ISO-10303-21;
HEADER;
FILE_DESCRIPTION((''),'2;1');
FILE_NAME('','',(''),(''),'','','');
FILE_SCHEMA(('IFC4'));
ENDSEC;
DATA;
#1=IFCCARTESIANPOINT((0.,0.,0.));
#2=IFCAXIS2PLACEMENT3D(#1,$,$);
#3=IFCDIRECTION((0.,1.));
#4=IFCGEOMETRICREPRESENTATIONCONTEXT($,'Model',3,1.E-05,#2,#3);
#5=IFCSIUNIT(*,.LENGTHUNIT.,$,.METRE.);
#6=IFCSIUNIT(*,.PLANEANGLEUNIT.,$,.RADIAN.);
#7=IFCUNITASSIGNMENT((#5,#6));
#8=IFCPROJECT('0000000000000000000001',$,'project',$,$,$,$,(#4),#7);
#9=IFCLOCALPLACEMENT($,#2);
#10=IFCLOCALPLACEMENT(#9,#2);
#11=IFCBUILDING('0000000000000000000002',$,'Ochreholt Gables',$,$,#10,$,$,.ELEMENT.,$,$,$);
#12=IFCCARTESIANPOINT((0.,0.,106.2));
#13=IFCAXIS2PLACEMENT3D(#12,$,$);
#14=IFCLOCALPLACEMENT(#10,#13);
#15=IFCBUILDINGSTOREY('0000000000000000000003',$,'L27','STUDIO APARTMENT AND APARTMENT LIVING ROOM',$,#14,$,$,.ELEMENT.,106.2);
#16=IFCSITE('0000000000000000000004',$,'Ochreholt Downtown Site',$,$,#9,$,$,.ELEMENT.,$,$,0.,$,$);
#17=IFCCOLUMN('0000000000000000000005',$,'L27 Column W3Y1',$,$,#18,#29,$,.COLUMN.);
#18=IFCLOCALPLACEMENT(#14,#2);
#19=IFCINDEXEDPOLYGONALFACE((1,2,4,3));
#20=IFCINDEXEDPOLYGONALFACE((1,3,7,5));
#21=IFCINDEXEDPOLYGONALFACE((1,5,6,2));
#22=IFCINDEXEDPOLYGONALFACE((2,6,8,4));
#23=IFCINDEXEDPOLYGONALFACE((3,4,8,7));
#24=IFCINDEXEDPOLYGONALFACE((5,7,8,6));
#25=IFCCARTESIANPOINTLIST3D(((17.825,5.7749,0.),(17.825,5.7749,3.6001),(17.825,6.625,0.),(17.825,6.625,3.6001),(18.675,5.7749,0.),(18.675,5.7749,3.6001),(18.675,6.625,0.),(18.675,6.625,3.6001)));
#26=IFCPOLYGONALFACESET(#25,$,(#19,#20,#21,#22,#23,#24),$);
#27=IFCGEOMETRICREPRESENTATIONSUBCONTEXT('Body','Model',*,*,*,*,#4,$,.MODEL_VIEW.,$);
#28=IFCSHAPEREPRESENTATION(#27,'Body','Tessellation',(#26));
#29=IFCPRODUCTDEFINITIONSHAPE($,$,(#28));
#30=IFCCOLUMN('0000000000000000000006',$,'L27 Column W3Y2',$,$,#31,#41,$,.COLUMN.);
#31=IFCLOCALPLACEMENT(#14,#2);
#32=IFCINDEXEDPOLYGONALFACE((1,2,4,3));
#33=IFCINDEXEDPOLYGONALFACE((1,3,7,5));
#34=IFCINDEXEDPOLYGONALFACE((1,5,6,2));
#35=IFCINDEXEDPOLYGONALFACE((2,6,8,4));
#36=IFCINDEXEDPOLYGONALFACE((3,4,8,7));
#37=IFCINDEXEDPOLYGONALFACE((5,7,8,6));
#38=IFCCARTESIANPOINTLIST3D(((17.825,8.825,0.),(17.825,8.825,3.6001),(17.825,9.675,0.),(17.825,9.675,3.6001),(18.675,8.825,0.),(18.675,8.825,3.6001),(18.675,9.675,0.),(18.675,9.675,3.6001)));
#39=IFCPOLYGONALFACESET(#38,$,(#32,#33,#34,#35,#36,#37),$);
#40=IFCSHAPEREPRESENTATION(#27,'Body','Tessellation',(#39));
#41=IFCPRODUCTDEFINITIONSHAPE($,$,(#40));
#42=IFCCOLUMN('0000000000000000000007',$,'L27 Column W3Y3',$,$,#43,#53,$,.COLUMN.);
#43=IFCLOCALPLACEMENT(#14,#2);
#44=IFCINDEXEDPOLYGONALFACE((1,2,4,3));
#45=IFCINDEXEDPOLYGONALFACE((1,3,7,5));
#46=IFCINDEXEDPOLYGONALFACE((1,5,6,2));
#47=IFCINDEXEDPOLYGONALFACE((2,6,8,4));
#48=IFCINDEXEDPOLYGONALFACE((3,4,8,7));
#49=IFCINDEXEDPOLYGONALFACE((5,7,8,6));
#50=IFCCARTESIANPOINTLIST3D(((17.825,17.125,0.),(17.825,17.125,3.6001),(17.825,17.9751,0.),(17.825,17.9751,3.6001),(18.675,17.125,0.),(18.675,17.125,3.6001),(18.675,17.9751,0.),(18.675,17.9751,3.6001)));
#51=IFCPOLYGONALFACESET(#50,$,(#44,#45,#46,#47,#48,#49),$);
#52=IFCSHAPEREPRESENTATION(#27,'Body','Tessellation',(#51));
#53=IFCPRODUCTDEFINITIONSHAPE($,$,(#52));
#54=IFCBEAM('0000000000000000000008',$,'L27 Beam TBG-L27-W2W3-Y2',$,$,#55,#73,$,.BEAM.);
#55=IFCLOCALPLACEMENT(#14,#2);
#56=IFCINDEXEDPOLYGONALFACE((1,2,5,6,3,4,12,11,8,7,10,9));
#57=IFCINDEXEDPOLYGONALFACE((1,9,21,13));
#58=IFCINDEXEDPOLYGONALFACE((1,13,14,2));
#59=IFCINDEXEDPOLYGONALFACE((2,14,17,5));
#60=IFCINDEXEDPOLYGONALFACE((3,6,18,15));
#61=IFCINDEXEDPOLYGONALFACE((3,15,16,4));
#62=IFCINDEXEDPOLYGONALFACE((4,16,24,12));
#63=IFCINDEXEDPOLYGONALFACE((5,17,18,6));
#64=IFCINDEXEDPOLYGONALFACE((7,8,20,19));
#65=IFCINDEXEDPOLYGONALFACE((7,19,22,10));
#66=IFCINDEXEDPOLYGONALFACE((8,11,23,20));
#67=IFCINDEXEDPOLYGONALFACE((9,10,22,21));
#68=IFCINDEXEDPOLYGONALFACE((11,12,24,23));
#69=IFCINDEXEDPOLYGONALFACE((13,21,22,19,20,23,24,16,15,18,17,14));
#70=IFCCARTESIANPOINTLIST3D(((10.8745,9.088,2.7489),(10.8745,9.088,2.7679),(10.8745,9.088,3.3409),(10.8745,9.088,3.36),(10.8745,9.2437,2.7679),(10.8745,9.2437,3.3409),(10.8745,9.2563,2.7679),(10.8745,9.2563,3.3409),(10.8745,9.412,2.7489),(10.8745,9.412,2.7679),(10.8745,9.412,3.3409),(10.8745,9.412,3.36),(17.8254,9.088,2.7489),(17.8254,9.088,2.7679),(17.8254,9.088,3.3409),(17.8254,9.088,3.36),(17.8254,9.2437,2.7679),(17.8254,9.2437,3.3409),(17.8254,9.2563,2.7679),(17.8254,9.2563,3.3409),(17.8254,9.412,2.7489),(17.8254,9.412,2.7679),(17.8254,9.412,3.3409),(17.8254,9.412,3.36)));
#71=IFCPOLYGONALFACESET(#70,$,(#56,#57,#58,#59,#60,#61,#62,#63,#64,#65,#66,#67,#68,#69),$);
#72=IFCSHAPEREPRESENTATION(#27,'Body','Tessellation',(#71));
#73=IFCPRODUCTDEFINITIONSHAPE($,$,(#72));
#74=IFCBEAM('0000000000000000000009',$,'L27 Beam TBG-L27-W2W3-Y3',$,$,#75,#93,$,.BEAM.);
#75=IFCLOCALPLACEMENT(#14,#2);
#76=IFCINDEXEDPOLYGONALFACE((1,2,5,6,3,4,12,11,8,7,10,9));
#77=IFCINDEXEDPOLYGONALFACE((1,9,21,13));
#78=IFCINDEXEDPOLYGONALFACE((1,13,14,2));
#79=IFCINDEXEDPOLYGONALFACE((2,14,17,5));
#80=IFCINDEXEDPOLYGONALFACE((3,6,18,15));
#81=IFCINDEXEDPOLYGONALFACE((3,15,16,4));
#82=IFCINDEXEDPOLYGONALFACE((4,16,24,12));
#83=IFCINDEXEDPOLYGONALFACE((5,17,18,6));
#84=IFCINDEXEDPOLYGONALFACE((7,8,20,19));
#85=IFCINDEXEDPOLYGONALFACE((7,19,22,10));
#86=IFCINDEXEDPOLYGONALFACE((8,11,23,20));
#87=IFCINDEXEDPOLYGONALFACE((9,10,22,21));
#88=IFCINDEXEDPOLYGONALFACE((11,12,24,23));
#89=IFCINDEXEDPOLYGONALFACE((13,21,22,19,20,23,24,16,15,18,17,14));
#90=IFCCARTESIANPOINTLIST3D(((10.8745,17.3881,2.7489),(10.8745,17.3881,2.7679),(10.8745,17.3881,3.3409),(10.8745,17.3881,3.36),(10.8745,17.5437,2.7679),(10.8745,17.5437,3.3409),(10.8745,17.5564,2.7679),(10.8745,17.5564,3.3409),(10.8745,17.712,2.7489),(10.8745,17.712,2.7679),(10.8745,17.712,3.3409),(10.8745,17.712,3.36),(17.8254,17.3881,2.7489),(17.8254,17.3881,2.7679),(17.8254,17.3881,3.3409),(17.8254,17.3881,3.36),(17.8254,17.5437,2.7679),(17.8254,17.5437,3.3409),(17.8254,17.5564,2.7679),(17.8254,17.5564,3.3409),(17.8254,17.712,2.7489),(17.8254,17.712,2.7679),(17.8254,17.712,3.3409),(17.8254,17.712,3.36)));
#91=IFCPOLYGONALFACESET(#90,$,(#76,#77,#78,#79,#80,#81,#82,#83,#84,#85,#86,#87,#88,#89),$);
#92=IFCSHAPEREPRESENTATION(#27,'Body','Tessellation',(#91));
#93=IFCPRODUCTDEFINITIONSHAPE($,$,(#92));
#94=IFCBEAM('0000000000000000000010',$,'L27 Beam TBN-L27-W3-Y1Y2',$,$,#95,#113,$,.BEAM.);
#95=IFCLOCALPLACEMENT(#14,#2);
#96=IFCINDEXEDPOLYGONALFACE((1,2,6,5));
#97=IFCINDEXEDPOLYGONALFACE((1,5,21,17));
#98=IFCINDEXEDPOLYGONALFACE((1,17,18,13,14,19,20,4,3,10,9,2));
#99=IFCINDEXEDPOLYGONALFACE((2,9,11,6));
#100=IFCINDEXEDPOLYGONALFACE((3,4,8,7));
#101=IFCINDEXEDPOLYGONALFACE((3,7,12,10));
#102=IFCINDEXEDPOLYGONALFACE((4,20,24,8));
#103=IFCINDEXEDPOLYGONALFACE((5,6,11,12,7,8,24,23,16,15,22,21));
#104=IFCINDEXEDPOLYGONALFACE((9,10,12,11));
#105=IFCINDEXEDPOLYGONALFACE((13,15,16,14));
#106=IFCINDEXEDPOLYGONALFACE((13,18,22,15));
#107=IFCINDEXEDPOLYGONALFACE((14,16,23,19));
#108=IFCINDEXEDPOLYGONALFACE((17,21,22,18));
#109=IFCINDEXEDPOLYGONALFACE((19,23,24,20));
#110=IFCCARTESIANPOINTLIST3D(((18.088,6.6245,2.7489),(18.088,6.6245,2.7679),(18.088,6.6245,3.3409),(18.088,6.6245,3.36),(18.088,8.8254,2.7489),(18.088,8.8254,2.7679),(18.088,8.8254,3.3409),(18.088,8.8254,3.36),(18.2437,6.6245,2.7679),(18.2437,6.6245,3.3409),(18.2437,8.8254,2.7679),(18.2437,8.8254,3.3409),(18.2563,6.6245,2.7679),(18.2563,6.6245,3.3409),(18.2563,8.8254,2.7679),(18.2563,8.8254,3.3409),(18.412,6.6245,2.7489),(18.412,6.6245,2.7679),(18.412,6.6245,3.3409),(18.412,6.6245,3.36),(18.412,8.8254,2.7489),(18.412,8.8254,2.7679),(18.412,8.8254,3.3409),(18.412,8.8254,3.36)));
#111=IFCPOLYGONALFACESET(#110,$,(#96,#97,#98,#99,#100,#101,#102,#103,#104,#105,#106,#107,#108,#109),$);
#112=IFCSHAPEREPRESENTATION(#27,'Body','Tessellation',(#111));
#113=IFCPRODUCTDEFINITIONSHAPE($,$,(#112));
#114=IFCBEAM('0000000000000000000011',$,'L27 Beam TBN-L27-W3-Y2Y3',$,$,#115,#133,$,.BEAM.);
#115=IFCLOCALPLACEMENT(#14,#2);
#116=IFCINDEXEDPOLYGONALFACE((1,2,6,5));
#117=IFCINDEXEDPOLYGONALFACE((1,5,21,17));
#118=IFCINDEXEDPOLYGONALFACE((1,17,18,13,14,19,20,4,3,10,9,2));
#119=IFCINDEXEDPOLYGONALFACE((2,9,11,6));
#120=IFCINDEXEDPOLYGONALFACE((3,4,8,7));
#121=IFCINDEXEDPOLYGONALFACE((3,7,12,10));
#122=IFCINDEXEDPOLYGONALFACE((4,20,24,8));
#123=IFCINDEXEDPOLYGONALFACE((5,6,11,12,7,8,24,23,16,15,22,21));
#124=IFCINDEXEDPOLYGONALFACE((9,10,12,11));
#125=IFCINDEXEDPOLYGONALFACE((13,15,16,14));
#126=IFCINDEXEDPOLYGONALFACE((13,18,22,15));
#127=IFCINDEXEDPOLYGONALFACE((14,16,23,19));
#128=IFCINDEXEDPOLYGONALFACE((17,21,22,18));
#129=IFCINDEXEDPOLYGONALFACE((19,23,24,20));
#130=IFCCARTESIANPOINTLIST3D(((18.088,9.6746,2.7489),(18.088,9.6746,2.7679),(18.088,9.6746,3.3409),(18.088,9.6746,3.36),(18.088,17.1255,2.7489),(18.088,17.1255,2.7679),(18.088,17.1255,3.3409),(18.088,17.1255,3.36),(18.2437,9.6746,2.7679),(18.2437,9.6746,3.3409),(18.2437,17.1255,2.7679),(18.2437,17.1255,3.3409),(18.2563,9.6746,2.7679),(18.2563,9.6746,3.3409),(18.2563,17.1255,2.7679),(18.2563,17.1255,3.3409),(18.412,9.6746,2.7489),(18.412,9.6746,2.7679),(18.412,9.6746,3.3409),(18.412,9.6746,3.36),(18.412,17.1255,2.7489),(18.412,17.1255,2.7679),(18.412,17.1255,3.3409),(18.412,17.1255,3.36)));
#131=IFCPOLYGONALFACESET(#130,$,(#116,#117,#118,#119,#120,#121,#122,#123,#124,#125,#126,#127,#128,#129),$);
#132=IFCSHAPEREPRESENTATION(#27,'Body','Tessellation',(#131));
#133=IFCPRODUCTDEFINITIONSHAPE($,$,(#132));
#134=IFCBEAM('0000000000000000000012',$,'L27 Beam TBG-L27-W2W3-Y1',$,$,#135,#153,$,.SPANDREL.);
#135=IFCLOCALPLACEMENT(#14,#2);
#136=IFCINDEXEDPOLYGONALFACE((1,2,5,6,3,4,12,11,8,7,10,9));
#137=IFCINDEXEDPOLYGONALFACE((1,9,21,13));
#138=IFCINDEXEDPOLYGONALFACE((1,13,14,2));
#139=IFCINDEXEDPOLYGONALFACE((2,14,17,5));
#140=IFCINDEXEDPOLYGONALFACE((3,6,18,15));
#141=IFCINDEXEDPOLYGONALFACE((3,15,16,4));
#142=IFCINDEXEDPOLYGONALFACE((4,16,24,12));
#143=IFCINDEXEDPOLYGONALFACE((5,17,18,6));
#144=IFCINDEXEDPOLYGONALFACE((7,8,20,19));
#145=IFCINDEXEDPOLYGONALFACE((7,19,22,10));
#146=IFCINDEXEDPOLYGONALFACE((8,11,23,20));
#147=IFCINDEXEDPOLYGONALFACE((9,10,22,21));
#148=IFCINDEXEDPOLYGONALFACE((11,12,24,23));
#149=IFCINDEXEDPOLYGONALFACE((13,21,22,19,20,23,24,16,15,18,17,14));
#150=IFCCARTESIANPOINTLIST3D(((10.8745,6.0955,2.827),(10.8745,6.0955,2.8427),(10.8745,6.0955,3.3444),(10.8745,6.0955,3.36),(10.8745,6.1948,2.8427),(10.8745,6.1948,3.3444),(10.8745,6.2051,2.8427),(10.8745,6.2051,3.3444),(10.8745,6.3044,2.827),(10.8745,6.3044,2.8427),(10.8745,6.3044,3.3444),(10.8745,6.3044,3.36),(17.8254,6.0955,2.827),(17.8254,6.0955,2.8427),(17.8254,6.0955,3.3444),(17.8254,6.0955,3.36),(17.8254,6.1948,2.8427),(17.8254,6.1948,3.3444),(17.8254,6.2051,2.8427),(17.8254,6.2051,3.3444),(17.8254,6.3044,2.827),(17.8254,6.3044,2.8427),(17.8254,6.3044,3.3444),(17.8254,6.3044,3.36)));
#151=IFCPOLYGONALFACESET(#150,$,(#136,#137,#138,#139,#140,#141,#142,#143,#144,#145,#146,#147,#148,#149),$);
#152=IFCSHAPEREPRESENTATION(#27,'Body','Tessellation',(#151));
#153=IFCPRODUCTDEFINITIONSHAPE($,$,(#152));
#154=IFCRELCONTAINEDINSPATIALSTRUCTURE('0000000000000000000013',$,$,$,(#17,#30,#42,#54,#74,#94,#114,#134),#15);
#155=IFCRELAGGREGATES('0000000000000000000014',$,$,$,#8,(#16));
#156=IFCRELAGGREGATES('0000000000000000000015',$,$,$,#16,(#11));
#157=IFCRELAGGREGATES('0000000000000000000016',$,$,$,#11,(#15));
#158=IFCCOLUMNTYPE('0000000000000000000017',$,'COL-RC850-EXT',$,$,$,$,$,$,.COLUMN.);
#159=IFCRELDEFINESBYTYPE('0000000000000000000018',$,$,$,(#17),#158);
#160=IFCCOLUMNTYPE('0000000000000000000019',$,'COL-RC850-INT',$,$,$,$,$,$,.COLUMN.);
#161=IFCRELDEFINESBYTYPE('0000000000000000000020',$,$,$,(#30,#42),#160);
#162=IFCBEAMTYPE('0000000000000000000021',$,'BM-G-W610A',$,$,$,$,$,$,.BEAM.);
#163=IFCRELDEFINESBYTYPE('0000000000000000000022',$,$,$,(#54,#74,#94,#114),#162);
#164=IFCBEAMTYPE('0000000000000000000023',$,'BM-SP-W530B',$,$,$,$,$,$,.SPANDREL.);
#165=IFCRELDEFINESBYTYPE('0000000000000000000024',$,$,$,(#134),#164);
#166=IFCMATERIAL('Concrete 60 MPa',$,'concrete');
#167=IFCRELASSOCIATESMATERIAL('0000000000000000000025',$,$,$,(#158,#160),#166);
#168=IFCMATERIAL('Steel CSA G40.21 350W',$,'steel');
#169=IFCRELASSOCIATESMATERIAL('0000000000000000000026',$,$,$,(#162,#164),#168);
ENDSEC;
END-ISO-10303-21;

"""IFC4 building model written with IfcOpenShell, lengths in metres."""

from ifc_helpers import new_model, si_unit, direction, frame, origin, origin_2d, place, context, subcontext, project, spatial, rectangle, i_section, extrude, material, material_profile, profile_set, type_object, element, save


model = new_model("IFC4")

# Units and contexts
model_context = context("Model", 3, precision=1e-05, world=origin(), true_north=direction((0.0, 1.0)))
body_context = subcontext(model_context, "Body", "Model", "MODEL_VIEW")
ifc_project = project(units=[si_unit("LENGTHUNIT", "METRE"), si_unit("PLANEANGLEUNIT", "RADIAN")], contexts=[model_context])

# Site, building, storey
site_placement = place(None, origin())
site = spatial("IfcSite", under=ifc_project, at=site_placement, Name="Ochreholt Downtown Site", CompositionType="ELEMENT", RefElevation=0.0)
building_placement = place(site_placement, origin())
building = spatial("IfcBuilding", under=site, at=building_placement, Name="Ochreholt Gables", CompositionType="ELEMENT")
storey_placement = place(building_placement, frame((0.0, 0.0, 106.2)))
storey = spatial("IfcBuildingStorey", under=building, at=storey_placement, Name="L27", Description="STUDIO APARTMENT AND APARTMENT LIVING ROOM", CompositionType="ELEMENT", Elevation=106.2)

# Columns
ifc_material_1 = material(Name="Concrete 60 MPa", Category="concrete")
ifc_material_profile_1 = material_profile(ifc_material_1, rectangle(XDim=0.8501, YDim=0.8501, at=origin_2d()), Name="RC850X850")
ifc_profile_set_1 = profile_set([ifc_material_profile_1], Name="Concrete 60 MPa")
column_type_1 = type_object("IfcColumnType", Name="COL-RC850-EXT", PredefinedType="COLUMN", material=ifc_profile_set_1)
column_placement = place(storey_placement, frame((18.25, 6.2, 0.0), z_axis=(0.0, 0.0, 1.0), x_axis=(1.0, 0.0, 0.0)))
element("IfcColumn", 1, at=column_placement, inside=storey, type_object=column_type_1, Name="L27 Column W3Y1", PredefinedType="COLUMN", context=body_context, shape_type="SweptSolid", body=[
    extrude(rectangle(XDim=0.8501, YDim=0.8501, at=origin_2d()), origin(), (0.0, 0.0, 1.0), 3.6001),
])
ifc_material_profile_2 = material_profile(ifc_material_1, rectangle(XDim=0.8501, YDim=0.8501, at=origin_2d()), Name="RC850X850")
ifc_profile_set_2 = profile_set([ifc_material_profile_2], Name="Concrete 60 MPa")
column_type_2 = type_object("IfcColumnType", Name="COL-RC850-INT", PredefinedType="COLUMN", material=ifc_profile_set_2)
for number, where, z_axis, x_axis, name in (
    (2, (18.25, 9.25, 0.0), (0.0, 0.0, 1.0), (1.0, 0.0, 0.0), "L27 Column W3Y2"),
    (3, (18.25, 17.55, 0.0), (0.0, 0.0, 1.0), (1.0, 0.0, 0.0), "L27 Column W3Y3"),
):
    element("IfcColumn", number, at=place(storey_placement, frame(where, z_axis=z_axis, x_axis=x_axis)), inside=storey, type_object=column_type_2, Name=name, PredefinedType="COLUMN", context=body_context, shape_type="SweptSolid", body=[
        extrude(rectangle(XDim=0.8501, YDim=0.8501, at=origin_2d()), origin(), (0.0, 0.0, 1.0), 3.6001),
    ])

# Beams
ifc_material_2 = material(Name="Steel CSA G40.21 350W", Category="steel")
ifc_material_profile_3 = material_profile(ifc_material_2, i_section(OverallWidth=0.324, OverallDepth=0.6111, WebThickness=0.0127, FlangeThickness=0.019, at=origin_2d()), Name="W610X155")
ifc_profile_set_3 = profile_set([ifc_material_profile_3], Name="Steel CSA G40.21 350W")
beam_type_1 = type_object("IfcBeamType", Name="BM-G-W610A", PredefinedType="BEAM", material=ifc_profile_set_3)
for number, where, z_axis, x_axis, name in (
    (4, (10.8745, 9.25, 3.0544), (1.0, 0.0, 0.0), (0.0, 1.0, 0.0), "L27 Beam TBG-L27-W2W3-Y2"),
    (5, (10.8745, 17.55, 3.0544), (1.0, 0.0, 0.0), (0.0, 1.0, 0.0), "L27 Beam TBG-L27-W2W3-Y3"),
):
    element("IfcBeam", number, at=place(storey_placement, frame(where, z_axis=z_axis, x_axis=x_axis)), inside=storey, type_object=beam_type_1, Name=name, PredefinedType="BEAM", context=body_context, shape_type="SweptSolid", body=[
        extrude(i_section(OverallWidth=0.324, OverallDepth=0.6111, WebThickness=0.0127, FlangeThickness=0.019, at=origin_2d()), origin(), (0.0, 0.0, 1.0), 6.9509),
    ])
beam_1_placement = place(storey_placement, frame((18.25, 6.6245, 3.0544), z_axis=(0.0, 1.0, 0.0), x_axis=(-1.0, 0.0, 0.0)))
element("IfcBeam", 6, at=beam_1_placement, inside=storey, type_object=beam_type_1, Name="L27 Beam TBN-L27-W3-Y1Y2", PredefinedType="BEAM", context=body_context, shape_type="SweptSolid", body=[
    extrude(i_section(OverallWidth=0.324, OverallDepth=0.6111, WebThickness=0.0127, FlangeThickness=0.019, at=origin_2d()), origin(), (0.0, 0.0, 1.0), 2.2009),
])
beam_2_placement = place(storey_placement, frame((18.25, 9.6746, 3.0544), z_axis=(0.0, 1.0, 0.0), x_axis=(-1.0, 0.0, 0.0)))
element("IfcBeam", 7, at=beam_2_placement, inside=storey, type_object=beam_type_1, Name="L27 Beam TBN-L27-W3-Y2Y3", PredefinedType="BEAM", context=body_context, shape_type="SweptSolid", body=[
    extrude(i_section(OverallWidth=0.324, OverallDepth=0.6111, WebThickness=0.0127, FlangeThickness=0.019, at=origin_2d()), origin(), (0.0, 0.0, 1.0), 7.4509),
])
ifc_material_profile_4 = material_profile(ifc_material_2, i_section(OverallWidth=0.209, OverallDepth=0.533, WebThickness=0.0103, FlangeThickness=0.0156, at=origin_2d()), Name="W530X92")
ifc_profile_set_4 = profile_set([ifc_material_profile_4], Name="Steel CSA G40.21 350W")
beam_type_2 = type_object("IfcBeamType", Name="BM-SP-W530B", PredefinedType="SPANDREL", material=ifc_profile_set_4)
beam_3_placement = place(storey_placement, frame((10.8745, 6.2, 3.0935), z_axis=(1.0, 0.0, 0.0), x_axis=(0.0, 1.0, 0.0)))
element("IfcBeam", 8, at=beam_3_placement, inside=storey, type_object=beam_type_2, Name="L27 Beam TBG-L27-W2W3-Y1", PredefinedType="SPANDREL", context=body_context, shape_type="SweptSolid", body=[
    extrude(i_section(OverallWidth=0.209, OverallDepth=0.533, WebThickness=0.0103, FlangeThickness=0.0156, at=origin_2d()), origin(), (0.0, 0.0, 1.0), 6.9509),
])

save(model, "model.ifc")
